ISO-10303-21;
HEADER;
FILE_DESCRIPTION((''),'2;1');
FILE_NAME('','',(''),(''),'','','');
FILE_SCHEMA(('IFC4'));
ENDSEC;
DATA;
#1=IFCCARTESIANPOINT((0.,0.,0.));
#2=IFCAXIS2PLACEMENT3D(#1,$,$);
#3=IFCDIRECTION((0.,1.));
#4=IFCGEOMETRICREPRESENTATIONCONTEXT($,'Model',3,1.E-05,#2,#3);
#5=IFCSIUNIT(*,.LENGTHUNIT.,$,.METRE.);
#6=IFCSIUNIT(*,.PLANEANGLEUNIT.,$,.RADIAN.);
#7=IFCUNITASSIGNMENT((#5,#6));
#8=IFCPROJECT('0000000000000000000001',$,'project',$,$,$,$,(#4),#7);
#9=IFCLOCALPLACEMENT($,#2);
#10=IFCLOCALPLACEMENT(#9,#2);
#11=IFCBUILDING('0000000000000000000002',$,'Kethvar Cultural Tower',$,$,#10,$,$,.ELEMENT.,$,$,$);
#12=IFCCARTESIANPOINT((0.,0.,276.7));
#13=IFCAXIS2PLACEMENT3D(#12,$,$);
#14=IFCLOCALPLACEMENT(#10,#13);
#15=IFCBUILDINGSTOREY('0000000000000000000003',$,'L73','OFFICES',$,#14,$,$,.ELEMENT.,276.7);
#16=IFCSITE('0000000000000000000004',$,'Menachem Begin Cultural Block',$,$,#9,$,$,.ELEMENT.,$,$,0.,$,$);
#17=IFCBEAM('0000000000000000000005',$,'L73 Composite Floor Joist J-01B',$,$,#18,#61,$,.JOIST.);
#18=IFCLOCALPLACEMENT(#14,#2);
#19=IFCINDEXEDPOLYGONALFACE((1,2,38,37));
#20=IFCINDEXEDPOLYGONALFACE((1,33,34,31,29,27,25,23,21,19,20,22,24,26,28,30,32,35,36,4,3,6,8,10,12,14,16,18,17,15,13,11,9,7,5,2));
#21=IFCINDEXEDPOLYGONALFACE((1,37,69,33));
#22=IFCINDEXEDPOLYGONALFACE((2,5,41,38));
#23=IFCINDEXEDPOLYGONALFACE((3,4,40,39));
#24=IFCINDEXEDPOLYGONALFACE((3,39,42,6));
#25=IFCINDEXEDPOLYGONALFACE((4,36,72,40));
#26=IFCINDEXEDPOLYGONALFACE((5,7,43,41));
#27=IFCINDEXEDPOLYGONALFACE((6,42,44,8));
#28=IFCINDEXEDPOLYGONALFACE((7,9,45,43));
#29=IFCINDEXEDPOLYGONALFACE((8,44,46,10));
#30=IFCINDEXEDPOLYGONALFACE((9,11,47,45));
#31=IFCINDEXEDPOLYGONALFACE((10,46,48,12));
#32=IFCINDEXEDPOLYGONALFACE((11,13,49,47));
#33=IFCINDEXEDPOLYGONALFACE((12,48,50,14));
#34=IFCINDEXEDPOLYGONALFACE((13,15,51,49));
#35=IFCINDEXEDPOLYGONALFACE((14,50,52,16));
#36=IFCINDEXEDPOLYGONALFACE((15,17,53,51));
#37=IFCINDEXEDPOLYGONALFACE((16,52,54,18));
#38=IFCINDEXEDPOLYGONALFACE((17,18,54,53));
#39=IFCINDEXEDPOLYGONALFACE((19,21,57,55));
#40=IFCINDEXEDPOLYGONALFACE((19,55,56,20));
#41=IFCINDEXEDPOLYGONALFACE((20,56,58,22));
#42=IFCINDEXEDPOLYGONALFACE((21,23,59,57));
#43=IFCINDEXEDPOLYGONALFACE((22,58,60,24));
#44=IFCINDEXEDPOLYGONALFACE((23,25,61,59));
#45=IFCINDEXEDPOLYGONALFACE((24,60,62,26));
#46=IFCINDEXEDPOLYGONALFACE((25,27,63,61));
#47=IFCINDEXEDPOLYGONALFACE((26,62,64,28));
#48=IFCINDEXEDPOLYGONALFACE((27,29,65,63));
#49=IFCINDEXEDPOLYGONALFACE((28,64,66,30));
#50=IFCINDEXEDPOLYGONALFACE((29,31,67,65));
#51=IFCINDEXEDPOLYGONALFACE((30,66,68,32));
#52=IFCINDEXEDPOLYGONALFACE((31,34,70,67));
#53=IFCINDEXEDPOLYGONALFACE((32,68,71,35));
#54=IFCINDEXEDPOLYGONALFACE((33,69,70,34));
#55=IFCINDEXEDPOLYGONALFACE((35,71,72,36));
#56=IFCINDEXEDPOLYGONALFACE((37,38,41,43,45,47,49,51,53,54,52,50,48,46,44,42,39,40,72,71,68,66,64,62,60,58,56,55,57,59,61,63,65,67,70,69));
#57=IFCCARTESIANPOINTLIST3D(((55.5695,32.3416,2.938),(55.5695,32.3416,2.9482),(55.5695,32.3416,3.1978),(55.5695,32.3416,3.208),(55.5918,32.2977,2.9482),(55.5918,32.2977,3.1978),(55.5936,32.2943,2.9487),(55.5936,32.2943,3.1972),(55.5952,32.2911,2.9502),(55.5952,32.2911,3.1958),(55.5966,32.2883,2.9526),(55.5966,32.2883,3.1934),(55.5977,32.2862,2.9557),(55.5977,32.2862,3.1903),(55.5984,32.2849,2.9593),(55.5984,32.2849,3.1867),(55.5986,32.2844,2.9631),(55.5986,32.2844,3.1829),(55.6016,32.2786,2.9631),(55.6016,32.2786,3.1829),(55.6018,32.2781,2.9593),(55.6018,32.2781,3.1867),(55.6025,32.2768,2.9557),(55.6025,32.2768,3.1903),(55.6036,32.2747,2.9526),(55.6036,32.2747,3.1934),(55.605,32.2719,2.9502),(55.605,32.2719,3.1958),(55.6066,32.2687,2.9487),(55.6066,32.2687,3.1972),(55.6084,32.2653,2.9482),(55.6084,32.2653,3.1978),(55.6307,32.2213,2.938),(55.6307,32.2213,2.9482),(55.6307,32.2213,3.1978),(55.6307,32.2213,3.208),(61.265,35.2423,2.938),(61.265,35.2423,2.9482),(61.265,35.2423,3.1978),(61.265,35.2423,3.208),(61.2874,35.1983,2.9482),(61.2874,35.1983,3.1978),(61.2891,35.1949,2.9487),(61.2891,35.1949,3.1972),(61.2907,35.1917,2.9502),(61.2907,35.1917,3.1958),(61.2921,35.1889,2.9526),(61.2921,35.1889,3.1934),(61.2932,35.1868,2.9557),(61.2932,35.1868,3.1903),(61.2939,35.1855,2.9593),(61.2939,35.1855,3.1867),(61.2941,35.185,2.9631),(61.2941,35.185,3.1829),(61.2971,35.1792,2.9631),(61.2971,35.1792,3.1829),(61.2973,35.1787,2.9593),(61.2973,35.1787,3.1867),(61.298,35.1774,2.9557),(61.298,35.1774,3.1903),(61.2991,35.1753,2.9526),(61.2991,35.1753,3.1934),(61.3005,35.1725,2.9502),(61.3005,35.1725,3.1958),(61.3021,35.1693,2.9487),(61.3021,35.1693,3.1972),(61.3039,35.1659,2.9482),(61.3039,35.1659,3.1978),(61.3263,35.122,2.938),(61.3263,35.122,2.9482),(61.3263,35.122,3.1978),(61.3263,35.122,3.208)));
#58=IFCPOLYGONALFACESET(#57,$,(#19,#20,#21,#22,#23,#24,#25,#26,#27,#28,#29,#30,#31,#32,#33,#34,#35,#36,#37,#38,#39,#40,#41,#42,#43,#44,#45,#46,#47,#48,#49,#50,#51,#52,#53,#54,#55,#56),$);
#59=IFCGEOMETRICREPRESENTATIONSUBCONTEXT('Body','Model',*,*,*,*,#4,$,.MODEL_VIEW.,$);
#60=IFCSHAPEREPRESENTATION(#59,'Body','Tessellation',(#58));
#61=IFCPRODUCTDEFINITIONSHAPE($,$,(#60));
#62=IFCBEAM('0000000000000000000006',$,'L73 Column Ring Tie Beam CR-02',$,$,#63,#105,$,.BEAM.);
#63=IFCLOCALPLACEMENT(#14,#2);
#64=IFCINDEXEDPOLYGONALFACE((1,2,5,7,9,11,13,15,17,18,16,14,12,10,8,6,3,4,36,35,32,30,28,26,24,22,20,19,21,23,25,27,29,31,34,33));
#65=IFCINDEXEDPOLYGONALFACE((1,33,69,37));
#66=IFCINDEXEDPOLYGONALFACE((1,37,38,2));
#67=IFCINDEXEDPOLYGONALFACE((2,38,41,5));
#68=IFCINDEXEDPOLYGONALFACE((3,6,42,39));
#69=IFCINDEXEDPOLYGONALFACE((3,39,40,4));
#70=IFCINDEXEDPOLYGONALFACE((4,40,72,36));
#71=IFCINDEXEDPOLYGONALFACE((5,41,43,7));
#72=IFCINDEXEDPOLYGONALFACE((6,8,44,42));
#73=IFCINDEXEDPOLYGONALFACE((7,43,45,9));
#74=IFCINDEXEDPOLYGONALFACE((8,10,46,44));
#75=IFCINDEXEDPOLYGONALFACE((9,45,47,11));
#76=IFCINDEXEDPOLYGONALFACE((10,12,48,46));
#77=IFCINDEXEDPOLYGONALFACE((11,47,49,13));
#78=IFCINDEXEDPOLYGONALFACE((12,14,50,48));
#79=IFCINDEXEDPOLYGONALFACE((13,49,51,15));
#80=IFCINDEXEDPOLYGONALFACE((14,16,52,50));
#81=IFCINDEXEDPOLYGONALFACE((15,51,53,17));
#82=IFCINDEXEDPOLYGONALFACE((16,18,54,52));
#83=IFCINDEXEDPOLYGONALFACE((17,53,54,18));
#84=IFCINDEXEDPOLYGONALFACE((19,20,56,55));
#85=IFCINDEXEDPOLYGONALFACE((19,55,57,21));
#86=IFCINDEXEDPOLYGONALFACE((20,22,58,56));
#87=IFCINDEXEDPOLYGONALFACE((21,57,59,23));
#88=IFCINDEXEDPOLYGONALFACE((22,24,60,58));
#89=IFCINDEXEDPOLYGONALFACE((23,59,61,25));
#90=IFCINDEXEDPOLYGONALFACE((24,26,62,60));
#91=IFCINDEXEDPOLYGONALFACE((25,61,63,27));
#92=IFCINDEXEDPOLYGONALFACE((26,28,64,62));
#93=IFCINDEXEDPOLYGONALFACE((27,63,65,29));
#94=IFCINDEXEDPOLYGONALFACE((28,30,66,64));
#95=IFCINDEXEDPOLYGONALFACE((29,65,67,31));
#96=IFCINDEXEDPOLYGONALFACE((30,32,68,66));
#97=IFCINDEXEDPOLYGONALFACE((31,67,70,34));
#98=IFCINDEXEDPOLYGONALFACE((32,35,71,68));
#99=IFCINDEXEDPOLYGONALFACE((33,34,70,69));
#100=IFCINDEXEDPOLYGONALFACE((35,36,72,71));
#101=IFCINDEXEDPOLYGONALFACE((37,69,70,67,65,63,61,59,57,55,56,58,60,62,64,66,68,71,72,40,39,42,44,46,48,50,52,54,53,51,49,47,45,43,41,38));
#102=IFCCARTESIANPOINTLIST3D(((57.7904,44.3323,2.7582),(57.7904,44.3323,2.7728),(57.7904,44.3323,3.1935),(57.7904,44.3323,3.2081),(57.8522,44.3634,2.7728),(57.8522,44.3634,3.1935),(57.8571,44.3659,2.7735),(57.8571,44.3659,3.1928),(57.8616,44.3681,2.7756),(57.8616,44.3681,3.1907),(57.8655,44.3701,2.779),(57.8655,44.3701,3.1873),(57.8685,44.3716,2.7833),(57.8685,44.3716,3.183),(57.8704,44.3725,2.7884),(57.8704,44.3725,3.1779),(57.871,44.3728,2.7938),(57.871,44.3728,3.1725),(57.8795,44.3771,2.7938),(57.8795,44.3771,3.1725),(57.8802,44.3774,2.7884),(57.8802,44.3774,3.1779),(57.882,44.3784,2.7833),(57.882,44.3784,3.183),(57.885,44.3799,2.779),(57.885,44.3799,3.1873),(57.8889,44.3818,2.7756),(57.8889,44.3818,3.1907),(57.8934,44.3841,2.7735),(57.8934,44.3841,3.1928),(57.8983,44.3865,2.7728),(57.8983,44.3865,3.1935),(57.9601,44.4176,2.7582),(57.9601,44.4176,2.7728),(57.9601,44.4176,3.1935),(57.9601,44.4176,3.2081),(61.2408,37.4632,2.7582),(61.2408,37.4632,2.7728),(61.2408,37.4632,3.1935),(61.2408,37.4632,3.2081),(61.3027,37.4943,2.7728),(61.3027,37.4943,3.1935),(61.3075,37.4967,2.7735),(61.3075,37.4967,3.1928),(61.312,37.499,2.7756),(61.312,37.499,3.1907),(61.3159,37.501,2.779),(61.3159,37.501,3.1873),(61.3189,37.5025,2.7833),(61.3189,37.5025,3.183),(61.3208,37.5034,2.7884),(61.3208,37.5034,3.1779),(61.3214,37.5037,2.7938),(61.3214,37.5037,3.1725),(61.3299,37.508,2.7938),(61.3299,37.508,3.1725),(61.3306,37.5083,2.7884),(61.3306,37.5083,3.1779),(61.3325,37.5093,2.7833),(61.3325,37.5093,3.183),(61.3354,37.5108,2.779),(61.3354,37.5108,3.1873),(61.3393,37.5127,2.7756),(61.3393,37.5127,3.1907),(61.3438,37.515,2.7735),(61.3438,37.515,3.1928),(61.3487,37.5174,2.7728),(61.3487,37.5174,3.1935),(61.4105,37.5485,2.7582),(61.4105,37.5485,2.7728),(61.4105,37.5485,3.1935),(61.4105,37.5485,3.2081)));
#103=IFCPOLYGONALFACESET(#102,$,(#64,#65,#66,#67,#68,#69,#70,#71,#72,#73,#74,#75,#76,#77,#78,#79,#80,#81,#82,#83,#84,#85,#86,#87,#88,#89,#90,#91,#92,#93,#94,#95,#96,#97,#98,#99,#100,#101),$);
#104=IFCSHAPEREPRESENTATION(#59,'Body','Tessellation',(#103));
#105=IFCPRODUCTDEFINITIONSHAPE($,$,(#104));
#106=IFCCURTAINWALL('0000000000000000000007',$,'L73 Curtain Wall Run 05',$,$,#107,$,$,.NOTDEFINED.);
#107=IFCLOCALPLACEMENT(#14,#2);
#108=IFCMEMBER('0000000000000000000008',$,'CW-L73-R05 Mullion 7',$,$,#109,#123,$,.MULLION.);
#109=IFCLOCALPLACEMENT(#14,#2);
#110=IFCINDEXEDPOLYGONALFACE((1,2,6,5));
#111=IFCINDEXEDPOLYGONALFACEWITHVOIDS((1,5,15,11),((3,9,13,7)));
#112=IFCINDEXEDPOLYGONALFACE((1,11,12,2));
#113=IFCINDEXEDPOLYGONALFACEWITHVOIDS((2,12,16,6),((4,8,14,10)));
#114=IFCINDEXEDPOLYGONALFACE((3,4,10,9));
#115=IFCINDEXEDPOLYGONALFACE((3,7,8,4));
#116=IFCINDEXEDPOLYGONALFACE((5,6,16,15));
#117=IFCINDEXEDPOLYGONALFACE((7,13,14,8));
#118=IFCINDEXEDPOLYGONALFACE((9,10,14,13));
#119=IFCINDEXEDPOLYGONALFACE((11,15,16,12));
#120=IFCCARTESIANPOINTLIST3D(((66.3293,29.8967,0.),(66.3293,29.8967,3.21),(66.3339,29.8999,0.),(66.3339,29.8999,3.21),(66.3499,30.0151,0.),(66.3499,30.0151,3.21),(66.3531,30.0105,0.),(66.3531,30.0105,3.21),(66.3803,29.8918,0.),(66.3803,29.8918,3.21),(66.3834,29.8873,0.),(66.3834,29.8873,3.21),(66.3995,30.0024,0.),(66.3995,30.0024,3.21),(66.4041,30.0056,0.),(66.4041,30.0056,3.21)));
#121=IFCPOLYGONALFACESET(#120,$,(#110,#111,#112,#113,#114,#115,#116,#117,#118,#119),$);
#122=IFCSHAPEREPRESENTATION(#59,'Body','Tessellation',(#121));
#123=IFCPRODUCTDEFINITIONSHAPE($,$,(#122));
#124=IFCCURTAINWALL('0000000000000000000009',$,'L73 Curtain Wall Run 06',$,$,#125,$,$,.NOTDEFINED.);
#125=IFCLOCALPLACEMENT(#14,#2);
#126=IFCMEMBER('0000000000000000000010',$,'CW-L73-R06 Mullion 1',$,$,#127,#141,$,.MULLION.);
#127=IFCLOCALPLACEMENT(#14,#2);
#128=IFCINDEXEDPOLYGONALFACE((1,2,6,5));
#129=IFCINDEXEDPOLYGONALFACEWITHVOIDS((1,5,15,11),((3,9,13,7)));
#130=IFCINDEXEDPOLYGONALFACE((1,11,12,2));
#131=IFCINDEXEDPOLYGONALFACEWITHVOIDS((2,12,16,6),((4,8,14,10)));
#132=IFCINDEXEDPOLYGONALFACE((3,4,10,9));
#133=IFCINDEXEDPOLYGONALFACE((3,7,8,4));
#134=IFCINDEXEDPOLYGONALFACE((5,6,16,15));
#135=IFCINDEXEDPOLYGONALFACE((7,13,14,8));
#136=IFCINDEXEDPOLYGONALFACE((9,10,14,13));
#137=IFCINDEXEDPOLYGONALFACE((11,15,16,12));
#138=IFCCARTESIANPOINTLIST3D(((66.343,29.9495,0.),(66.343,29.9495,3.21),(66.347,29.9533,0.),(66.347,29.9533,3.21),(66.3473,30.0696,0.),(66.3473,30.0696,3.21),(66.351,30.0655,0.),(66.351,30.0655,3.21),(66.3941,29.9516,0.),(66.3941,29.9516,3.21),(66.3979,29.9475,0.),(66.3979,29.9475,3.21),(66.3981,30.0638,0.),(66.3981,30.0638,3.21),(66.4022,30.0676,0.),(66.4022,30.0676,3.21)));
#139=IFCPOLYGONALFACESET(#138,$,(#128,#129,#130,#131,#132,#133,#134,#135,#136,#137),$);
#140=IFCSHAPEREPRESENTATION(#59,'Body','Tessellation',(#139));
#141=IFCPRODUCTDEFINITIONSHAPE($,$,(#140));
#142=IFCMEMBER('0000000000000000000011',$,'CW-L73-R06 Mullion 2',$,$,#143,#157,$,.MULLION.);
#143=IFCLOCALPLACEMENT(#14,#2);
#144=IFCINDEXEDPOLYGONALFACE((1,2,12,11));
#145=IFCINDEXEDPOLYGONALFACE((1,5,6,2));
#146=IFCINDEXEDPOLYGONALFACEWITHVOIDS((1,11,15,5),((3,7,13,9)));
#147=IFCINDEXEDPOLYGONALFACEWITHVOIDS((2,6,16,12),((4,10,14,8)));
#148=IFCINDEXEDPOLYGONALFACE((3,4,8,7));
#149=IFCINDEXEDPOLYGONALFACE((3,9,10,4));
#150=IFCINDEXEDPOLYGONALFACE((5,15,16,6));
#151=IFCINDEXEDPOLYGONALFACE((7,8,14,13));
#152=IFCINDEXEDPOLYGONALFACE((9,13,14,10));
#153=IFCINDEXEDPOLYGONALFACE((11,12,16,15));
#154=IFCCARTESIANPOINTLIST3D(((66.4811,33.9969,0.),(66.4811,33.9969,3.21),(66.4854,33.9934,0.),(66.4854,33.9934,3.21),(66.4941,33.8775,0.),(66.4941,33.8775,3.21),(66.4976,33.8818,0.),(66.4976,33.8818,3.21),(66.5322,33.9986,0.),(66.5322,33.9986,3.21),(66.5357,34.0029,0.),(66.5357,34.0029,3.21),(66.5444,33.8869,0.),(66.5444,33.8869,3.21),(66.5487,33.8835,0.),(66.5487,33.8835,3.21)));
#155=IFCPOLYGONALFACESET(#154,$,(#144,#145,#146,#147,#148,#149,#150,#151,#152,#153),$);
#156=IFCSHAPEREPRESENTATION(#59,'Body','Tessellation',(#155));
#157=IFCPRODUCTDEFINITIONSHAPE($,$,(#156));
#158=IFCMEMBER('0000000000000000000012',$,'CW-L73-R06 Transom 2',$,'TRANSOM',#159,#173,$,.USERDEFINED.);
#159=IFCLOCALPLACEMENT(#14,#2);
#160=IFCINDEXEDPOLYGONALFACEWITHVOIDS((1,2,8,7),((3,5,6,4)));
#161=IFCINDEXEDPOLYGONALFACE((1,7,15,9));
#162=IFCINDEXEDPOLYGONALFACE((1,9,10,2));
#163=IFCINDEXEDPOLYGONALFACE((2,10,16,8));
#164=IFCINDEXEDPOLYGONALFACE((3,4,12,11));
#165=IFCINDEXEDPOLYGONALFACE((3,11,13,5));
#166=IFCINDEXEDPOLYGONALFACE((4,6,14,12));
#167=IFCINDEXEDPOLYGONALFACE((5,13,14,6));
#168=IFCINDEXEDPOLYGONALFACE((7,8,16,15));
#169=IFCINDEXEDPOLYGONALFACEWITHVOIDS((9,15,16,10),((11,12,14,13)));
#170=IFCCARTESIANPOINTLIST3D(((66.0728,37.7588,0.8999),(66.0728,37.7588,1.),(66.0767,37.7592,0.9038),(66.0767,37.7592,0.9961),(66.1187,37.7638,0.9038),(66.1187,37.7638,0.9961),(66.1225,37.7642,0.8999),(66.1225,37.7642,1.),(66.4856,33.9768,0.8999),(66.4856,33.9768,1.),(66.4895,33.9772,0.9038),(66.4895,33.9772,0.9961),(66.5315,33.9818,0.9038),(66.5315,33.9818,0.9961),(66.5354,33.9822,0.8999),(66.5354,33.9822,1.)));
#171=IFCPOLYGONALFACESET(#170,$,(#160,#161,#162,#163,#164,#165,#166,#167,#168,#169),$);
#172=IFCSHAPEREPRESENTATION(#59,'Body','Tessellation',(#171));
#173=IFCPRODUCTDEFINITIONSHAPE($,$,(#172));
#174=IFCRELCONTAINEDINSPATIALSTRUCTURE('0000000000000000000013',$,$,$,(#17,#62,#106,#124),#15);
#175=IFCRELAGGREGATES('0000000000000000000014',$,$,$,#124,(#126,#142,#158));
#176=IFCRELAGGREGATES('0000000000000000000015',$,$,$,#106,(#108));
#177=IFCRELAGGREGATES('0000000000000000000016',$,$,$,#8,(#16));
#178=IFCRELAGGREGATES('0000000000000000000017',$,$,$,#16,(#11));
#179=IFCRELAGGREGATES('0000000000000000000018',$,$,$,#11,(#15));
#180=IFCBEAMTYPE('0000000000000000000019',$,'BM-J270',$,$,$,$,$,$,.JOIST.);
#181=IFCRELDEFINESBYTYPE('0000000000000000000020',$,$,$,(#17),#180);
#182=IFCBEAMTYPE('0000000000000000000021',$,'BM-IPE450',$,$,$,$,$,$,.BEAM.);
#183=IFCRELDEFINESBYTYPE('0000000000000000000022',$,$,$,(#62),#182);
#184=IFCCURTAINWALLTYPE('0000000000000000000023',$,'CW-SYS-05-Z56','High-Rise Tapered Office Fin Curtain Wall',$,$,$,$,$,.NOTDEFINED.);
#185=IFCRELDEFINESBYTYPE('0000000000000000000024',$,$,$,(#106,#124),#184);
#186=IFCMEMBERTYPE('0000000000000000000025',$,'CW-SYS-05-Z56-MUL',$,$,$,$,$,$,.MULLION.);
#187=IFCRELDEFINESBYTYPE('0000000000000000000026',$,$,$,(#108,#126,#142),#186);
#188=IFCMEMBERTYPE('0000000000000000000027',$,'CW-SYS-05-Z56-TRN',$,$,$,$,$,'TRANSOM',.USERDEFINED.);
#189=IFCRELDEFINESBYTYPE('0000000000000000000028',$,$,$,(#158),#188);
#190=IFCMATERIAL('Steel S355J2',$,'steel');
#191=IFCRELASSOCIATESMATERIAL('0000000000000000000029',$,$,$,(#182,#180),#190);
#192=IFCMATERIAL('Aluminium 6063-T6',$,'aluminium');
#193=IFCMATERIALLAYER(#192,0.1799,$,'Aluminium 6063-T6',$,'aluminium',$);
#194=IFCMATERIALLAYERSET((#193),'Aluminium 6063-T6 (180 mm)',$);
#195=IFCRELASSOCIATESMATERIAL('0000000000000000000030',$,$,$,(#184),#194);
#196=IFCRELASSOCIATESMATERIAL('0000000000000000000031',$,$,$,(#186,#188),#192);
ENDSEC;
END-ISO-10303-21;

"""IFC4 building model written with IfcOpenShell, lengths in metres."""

from ifc_helpers import new_model, si_unit, direction, frame, origin, origin_2d, place, context, subcontext, project, spatial, hollow_rectangle, i_section, extrude, source, transform, mapped, material, layer, layer_set, material_profile, profile_set, type_object, element, aggregate, save


model = new_model("IFC4")

# Units and contexts
model_context = context("Model", 3, precision=1e-05, world=origin(), true_north=direction((0.0, 1.0)))
body_context = subcontext(model_context, "Body", "Model", "MODEL_VIEW")
ifc_project = project(units=[si_unit("LENGTHUNIT", "METRE"), si_unit("PLANEANGLEUNIT", "RADIAN")], contexts=[model_context])

# Site, building, storey
site_placement = place(None, origin())
site = spatial("IfcSite", under=ifc_project, at=site_placement, Name="Menachem Begin Cultural Block", CompositionType="ELEMENT", RefElevation=0.0)
building_placement = place(site_placement, origin())
building = spatial("IfcBuilding", under=site, at=building_placement, Name="Kethvar Cultural Tower", CompositionType="ELEMENT")
storey_placement = place(building_placement, frame((0.0, 0.0, 276.7)))
storey = spatial("IfcBuildingStorey", under=building, at=storey_placement, Name="L73", Description="OFFICES", CompositionType="ELEMENT", Elevation=276.7)

# Shared definitions
ifc_material_1 = material(Name="Steel S355J2", Category="steel")

# Beams
ifc_material_profile_1 = material_profile(ifc_material_1, i_section(OverallWidth=0.1899, OverallDepth=0.45, WebThickness=0.0095, FlangeThickness=0.0146, FilletRadius=0.021, at=origin_2d()), Name="Steel S355J2 — IPE450")
ifc_profile_set_1 = profile_set([ifc_material_profile_1], Name="Steel S355J2 — IPE450")
beam_type_1 = type_object("IfcBeamType", Name="BM-IPE450", PredefinedType="BEAM", material=ifc_profile_set_1)
ifc_material_profile_2 = material_profile(ifc_material_1, i_section(OverallWidth=0.135, OverallDepth=0.27, WebThickness=0.0066, FlangeThickness=0.0103, FilletRadius=0.0149, at=origin_2d()), Name="Steel S355J2 — IPE270")
ifc_profile_set_2 = profile_set([ifc_material_profile_2], Name="Steel S355J2 — IPE270")
beam_type_2 = type_object("IfcBeamType", Name="BM-J270", PredefinedType="JOIST", material=ifc_profile_set_2)
shared_shape_1 = source(origin(), body_context, "Body", "SweptSolid", [
    extrude(i_section(OverallWidth=0.135, OverallDepth=0.27, WebThickness=0.0066, FlangeThickness=0.0103, FilletRadius=0.0149, at=origin_2d()), origin(), (0.0, 0.0, 1.0), 6.3916),
])
beam_1_placement = place(storey_placement, frame((55.6001, 32.2815, 3.073), z_axis=(0.891095, 0.453817, 0.0), x_axis=(-0.453817, 0.891095, 0.0)))
element("IfcBeam", 1, at=beam_1_placement, inside=storey, type_object=beam_type_2, Name="L73 Composite Floor Joist J-01B", PredefinedType="JOIST", context=body_context, shape_type="MappedRepresentation", body=[
    mapped(shared_shape_1, transform((0.0, 0.0, 0.0), scale=1.0)),
])
shared_shape_2 = source(origin(), body_context, "Body", "SweptSolid", [
    extrude(i_section(OverallWidth=0.1899, OverallDepth=0.45, WebThickness=0.0095, FlangeThickness=0.0146, FilletRadius=0.021, at=origin_2d()), origin(), (0.0, 0.0, 1.0), 7.687),
])
beam_2_placement = place(storey_placement, frame((61.3257, 37.5059, 2.9832), z_axis=(-0.448864, 0.8936, 0.0), x_axis=(-0.8936, -0.448864, 0.0)))
element("IfcBeam", 2, at=beam_2_placement, inside=storey, type_object=beam_type_1, Name="L73 Column Ring Tie Beam CR-02", PredefinedType="BEAM", context=body_context, shape_type="MappedRepresentation", body=[
    mapped(shared_shape_2, transform((0.0, 0.0, 0.0), scale=1.0)),
])

# Curtain wall, member
ifc_material_2 = material(Name="Aluminium 6063-T6", Category="aluminium")
ifc_layer_1 = layer(ifc_material_2, 0.1799, Name="Aluminium 6063-T6", Category="aluminium")
ifc_layer_set_1 = layer_set([ifc_layer_1], Name="Aluminium 6063-T6 (180 mm)")
curtain_wall_type = type_object("IfcCurtainWallType", Name="CW-SYS-05-Z56", Description="High-Rise Tapered Office Fin Curtain Wall", PredefinedType="NOTDEFINED", material=ifc_layer_set_1)
curtain_wall_1_placement = place(storey_placement, origin())
curtain_wall_1 = element("IfcCurtainWall", 3, at=curtain_wall_1_placement, inside=storey, type_object=curtain_wall_type, Name="L73 Curtain Wall Run 05", PredefinedType="NOTDEFINED")
ifc_material_profile_3 = material_profile(ifc_material_2, hollow_rectangle(XDim=0.0549, YDim=0.1201, WallThickness=0.0039, at=origin_2d()), Name="Aluminium 6063-T6 — RHS120x55x4")
ifc_profile_set_3 = profile_set([ifc_material_profile_3], Name="Aluminium 6063-T6 — RHS120x55x4")
member_type_1 = type_object("IfcMemberType", Name="CW-SYS-05-Z56-MUL", PredefinedType="MULLION", material=ifc_profile_set_3)
shared_shape_3 = source(origin(), body_context, "Body", "SweptSolid", [
    extrude(hollow_rectangle(XDim=0.0549, YDim=0.1201, WallThickness=0.0039, at=origin_2d()), origin(), (0.0, 0.0, 1.0), 3.21),
])
member_1_placement = place(storey_placement, frame((66.3667, 29.9512, 0.0), z_axis=(0.0, 0.0, 1.0), x_axis=(-0.98516, 0.171637, 0.0)))
member_1 = element("IfcMember", 4, at=member_1_placement, type_object=member_type_1, Name="CW-L73-R05 Mullion 7", PredefinedType="MULLION", context=body_context, shape_type="MappedRepresentation", body=[
    mapped(shared_shape_3, transform((0.0, 0.0, 0.0), scale=1.0)),
])

# Curtain wall, members
curtain_wall_2_placement = place(storey_placement, origin())
curtain_wall_2 = element("IfcCurtainWall", 5, at=curtain_wall_2_placement, inside=storey, type_object=curtain_wall_type, Name="L73 Curtain Wall Run 06", PredefinedType="NOTDEFINED")
member_2_placement = place(storey_placement, frame((66.3726, 30.0085, 0.0), z_axis=(0.0, 0.0, 1.0), x_axis=(-0.999356, 0.035894, 0.0)))
member_2 = element("IfcMember", 6, at=member_2_placement, type_object=member_type_1, Name="CW-L73-R06 Mullion 1", PredefinedType="MULLION", context=body_context, shape_type="MappedRepresentation", body=[
    mapped(shared_shape_3, transform((0.0, 0.0, 0.0), scale=1.0)),
])
member_3_placement = place(storey_placement, frame((66.5149, 33.9402, 0.0), z_axis=(0.0, 0.0, 1.0), x_axis=(-0.994092, -0.108537, 0.0)))
member_3 = element("IfcMember", 7, at=member_3_placement, type_object=member_type_1, Name="CW-L73-R06 Mullion 2", PredefinedType="MULLION", context=body_context, shape_type="MappedRepresentation", body=[
    mapped(shared_shape_3, transform((0.0, 0.0, 0.0), scale=1.0)),
])
ifc_material_profile_4 = material_profile(ifc_material_2, hollow_rectangle(XDim=0.05, YDim=0.1001, WallThickness=0.0039, at=origin_2d()), Name="Aluminium 6063-T6 — RHS100x50x4")
ifc_profile_set_4 = profile_set([ifc_material_profile_4], Name="Aluminium 6063-T6 — RHS100x50x4")
member_type_2 = type_object("IfcMemberType", Name="CW-SYS-05-Z56-TRN", ElementType="TRANSOM", PredefinedType="USERDEFINED", material=ifc_profile_set_4)
shared_shape_4 = source(origin(), body_context, "Body", "SweptSolid", [
    extrude(hollow_rectangle(XDim=0.05, YDim=0.1001, WallThickness=0.0039, at=origin_2d()), origin(), (0.0, 0.0, 1.0), 3.8044),
])
member_4_placement = place(storey_placement, frame((66.5105, 33.9795, 0.95), z_axis=(-0.108516, 0.994095, 0.0), x_axis=(-0.994095, -0.108516, 0.0)))
member_4 = element("IfcMember", 8, at=member_4_placement, type_object=member_type_2, Name="CW-L73-R06 Transom 2", ObjectType="TRANSOM", PredefinedType="USERDEFINED", context=body_context, shape_type="MappedRepresentation", body=[
    mapped(shared_shape_4, transform((0.0, 0.0, 0.0), scale=1.0)),
])
aggregate(curtain_wall_2, [member_2, member_3, member_4])

aggregate(curtain_wall_1, [member_1])

save(model, "model.ifc")
